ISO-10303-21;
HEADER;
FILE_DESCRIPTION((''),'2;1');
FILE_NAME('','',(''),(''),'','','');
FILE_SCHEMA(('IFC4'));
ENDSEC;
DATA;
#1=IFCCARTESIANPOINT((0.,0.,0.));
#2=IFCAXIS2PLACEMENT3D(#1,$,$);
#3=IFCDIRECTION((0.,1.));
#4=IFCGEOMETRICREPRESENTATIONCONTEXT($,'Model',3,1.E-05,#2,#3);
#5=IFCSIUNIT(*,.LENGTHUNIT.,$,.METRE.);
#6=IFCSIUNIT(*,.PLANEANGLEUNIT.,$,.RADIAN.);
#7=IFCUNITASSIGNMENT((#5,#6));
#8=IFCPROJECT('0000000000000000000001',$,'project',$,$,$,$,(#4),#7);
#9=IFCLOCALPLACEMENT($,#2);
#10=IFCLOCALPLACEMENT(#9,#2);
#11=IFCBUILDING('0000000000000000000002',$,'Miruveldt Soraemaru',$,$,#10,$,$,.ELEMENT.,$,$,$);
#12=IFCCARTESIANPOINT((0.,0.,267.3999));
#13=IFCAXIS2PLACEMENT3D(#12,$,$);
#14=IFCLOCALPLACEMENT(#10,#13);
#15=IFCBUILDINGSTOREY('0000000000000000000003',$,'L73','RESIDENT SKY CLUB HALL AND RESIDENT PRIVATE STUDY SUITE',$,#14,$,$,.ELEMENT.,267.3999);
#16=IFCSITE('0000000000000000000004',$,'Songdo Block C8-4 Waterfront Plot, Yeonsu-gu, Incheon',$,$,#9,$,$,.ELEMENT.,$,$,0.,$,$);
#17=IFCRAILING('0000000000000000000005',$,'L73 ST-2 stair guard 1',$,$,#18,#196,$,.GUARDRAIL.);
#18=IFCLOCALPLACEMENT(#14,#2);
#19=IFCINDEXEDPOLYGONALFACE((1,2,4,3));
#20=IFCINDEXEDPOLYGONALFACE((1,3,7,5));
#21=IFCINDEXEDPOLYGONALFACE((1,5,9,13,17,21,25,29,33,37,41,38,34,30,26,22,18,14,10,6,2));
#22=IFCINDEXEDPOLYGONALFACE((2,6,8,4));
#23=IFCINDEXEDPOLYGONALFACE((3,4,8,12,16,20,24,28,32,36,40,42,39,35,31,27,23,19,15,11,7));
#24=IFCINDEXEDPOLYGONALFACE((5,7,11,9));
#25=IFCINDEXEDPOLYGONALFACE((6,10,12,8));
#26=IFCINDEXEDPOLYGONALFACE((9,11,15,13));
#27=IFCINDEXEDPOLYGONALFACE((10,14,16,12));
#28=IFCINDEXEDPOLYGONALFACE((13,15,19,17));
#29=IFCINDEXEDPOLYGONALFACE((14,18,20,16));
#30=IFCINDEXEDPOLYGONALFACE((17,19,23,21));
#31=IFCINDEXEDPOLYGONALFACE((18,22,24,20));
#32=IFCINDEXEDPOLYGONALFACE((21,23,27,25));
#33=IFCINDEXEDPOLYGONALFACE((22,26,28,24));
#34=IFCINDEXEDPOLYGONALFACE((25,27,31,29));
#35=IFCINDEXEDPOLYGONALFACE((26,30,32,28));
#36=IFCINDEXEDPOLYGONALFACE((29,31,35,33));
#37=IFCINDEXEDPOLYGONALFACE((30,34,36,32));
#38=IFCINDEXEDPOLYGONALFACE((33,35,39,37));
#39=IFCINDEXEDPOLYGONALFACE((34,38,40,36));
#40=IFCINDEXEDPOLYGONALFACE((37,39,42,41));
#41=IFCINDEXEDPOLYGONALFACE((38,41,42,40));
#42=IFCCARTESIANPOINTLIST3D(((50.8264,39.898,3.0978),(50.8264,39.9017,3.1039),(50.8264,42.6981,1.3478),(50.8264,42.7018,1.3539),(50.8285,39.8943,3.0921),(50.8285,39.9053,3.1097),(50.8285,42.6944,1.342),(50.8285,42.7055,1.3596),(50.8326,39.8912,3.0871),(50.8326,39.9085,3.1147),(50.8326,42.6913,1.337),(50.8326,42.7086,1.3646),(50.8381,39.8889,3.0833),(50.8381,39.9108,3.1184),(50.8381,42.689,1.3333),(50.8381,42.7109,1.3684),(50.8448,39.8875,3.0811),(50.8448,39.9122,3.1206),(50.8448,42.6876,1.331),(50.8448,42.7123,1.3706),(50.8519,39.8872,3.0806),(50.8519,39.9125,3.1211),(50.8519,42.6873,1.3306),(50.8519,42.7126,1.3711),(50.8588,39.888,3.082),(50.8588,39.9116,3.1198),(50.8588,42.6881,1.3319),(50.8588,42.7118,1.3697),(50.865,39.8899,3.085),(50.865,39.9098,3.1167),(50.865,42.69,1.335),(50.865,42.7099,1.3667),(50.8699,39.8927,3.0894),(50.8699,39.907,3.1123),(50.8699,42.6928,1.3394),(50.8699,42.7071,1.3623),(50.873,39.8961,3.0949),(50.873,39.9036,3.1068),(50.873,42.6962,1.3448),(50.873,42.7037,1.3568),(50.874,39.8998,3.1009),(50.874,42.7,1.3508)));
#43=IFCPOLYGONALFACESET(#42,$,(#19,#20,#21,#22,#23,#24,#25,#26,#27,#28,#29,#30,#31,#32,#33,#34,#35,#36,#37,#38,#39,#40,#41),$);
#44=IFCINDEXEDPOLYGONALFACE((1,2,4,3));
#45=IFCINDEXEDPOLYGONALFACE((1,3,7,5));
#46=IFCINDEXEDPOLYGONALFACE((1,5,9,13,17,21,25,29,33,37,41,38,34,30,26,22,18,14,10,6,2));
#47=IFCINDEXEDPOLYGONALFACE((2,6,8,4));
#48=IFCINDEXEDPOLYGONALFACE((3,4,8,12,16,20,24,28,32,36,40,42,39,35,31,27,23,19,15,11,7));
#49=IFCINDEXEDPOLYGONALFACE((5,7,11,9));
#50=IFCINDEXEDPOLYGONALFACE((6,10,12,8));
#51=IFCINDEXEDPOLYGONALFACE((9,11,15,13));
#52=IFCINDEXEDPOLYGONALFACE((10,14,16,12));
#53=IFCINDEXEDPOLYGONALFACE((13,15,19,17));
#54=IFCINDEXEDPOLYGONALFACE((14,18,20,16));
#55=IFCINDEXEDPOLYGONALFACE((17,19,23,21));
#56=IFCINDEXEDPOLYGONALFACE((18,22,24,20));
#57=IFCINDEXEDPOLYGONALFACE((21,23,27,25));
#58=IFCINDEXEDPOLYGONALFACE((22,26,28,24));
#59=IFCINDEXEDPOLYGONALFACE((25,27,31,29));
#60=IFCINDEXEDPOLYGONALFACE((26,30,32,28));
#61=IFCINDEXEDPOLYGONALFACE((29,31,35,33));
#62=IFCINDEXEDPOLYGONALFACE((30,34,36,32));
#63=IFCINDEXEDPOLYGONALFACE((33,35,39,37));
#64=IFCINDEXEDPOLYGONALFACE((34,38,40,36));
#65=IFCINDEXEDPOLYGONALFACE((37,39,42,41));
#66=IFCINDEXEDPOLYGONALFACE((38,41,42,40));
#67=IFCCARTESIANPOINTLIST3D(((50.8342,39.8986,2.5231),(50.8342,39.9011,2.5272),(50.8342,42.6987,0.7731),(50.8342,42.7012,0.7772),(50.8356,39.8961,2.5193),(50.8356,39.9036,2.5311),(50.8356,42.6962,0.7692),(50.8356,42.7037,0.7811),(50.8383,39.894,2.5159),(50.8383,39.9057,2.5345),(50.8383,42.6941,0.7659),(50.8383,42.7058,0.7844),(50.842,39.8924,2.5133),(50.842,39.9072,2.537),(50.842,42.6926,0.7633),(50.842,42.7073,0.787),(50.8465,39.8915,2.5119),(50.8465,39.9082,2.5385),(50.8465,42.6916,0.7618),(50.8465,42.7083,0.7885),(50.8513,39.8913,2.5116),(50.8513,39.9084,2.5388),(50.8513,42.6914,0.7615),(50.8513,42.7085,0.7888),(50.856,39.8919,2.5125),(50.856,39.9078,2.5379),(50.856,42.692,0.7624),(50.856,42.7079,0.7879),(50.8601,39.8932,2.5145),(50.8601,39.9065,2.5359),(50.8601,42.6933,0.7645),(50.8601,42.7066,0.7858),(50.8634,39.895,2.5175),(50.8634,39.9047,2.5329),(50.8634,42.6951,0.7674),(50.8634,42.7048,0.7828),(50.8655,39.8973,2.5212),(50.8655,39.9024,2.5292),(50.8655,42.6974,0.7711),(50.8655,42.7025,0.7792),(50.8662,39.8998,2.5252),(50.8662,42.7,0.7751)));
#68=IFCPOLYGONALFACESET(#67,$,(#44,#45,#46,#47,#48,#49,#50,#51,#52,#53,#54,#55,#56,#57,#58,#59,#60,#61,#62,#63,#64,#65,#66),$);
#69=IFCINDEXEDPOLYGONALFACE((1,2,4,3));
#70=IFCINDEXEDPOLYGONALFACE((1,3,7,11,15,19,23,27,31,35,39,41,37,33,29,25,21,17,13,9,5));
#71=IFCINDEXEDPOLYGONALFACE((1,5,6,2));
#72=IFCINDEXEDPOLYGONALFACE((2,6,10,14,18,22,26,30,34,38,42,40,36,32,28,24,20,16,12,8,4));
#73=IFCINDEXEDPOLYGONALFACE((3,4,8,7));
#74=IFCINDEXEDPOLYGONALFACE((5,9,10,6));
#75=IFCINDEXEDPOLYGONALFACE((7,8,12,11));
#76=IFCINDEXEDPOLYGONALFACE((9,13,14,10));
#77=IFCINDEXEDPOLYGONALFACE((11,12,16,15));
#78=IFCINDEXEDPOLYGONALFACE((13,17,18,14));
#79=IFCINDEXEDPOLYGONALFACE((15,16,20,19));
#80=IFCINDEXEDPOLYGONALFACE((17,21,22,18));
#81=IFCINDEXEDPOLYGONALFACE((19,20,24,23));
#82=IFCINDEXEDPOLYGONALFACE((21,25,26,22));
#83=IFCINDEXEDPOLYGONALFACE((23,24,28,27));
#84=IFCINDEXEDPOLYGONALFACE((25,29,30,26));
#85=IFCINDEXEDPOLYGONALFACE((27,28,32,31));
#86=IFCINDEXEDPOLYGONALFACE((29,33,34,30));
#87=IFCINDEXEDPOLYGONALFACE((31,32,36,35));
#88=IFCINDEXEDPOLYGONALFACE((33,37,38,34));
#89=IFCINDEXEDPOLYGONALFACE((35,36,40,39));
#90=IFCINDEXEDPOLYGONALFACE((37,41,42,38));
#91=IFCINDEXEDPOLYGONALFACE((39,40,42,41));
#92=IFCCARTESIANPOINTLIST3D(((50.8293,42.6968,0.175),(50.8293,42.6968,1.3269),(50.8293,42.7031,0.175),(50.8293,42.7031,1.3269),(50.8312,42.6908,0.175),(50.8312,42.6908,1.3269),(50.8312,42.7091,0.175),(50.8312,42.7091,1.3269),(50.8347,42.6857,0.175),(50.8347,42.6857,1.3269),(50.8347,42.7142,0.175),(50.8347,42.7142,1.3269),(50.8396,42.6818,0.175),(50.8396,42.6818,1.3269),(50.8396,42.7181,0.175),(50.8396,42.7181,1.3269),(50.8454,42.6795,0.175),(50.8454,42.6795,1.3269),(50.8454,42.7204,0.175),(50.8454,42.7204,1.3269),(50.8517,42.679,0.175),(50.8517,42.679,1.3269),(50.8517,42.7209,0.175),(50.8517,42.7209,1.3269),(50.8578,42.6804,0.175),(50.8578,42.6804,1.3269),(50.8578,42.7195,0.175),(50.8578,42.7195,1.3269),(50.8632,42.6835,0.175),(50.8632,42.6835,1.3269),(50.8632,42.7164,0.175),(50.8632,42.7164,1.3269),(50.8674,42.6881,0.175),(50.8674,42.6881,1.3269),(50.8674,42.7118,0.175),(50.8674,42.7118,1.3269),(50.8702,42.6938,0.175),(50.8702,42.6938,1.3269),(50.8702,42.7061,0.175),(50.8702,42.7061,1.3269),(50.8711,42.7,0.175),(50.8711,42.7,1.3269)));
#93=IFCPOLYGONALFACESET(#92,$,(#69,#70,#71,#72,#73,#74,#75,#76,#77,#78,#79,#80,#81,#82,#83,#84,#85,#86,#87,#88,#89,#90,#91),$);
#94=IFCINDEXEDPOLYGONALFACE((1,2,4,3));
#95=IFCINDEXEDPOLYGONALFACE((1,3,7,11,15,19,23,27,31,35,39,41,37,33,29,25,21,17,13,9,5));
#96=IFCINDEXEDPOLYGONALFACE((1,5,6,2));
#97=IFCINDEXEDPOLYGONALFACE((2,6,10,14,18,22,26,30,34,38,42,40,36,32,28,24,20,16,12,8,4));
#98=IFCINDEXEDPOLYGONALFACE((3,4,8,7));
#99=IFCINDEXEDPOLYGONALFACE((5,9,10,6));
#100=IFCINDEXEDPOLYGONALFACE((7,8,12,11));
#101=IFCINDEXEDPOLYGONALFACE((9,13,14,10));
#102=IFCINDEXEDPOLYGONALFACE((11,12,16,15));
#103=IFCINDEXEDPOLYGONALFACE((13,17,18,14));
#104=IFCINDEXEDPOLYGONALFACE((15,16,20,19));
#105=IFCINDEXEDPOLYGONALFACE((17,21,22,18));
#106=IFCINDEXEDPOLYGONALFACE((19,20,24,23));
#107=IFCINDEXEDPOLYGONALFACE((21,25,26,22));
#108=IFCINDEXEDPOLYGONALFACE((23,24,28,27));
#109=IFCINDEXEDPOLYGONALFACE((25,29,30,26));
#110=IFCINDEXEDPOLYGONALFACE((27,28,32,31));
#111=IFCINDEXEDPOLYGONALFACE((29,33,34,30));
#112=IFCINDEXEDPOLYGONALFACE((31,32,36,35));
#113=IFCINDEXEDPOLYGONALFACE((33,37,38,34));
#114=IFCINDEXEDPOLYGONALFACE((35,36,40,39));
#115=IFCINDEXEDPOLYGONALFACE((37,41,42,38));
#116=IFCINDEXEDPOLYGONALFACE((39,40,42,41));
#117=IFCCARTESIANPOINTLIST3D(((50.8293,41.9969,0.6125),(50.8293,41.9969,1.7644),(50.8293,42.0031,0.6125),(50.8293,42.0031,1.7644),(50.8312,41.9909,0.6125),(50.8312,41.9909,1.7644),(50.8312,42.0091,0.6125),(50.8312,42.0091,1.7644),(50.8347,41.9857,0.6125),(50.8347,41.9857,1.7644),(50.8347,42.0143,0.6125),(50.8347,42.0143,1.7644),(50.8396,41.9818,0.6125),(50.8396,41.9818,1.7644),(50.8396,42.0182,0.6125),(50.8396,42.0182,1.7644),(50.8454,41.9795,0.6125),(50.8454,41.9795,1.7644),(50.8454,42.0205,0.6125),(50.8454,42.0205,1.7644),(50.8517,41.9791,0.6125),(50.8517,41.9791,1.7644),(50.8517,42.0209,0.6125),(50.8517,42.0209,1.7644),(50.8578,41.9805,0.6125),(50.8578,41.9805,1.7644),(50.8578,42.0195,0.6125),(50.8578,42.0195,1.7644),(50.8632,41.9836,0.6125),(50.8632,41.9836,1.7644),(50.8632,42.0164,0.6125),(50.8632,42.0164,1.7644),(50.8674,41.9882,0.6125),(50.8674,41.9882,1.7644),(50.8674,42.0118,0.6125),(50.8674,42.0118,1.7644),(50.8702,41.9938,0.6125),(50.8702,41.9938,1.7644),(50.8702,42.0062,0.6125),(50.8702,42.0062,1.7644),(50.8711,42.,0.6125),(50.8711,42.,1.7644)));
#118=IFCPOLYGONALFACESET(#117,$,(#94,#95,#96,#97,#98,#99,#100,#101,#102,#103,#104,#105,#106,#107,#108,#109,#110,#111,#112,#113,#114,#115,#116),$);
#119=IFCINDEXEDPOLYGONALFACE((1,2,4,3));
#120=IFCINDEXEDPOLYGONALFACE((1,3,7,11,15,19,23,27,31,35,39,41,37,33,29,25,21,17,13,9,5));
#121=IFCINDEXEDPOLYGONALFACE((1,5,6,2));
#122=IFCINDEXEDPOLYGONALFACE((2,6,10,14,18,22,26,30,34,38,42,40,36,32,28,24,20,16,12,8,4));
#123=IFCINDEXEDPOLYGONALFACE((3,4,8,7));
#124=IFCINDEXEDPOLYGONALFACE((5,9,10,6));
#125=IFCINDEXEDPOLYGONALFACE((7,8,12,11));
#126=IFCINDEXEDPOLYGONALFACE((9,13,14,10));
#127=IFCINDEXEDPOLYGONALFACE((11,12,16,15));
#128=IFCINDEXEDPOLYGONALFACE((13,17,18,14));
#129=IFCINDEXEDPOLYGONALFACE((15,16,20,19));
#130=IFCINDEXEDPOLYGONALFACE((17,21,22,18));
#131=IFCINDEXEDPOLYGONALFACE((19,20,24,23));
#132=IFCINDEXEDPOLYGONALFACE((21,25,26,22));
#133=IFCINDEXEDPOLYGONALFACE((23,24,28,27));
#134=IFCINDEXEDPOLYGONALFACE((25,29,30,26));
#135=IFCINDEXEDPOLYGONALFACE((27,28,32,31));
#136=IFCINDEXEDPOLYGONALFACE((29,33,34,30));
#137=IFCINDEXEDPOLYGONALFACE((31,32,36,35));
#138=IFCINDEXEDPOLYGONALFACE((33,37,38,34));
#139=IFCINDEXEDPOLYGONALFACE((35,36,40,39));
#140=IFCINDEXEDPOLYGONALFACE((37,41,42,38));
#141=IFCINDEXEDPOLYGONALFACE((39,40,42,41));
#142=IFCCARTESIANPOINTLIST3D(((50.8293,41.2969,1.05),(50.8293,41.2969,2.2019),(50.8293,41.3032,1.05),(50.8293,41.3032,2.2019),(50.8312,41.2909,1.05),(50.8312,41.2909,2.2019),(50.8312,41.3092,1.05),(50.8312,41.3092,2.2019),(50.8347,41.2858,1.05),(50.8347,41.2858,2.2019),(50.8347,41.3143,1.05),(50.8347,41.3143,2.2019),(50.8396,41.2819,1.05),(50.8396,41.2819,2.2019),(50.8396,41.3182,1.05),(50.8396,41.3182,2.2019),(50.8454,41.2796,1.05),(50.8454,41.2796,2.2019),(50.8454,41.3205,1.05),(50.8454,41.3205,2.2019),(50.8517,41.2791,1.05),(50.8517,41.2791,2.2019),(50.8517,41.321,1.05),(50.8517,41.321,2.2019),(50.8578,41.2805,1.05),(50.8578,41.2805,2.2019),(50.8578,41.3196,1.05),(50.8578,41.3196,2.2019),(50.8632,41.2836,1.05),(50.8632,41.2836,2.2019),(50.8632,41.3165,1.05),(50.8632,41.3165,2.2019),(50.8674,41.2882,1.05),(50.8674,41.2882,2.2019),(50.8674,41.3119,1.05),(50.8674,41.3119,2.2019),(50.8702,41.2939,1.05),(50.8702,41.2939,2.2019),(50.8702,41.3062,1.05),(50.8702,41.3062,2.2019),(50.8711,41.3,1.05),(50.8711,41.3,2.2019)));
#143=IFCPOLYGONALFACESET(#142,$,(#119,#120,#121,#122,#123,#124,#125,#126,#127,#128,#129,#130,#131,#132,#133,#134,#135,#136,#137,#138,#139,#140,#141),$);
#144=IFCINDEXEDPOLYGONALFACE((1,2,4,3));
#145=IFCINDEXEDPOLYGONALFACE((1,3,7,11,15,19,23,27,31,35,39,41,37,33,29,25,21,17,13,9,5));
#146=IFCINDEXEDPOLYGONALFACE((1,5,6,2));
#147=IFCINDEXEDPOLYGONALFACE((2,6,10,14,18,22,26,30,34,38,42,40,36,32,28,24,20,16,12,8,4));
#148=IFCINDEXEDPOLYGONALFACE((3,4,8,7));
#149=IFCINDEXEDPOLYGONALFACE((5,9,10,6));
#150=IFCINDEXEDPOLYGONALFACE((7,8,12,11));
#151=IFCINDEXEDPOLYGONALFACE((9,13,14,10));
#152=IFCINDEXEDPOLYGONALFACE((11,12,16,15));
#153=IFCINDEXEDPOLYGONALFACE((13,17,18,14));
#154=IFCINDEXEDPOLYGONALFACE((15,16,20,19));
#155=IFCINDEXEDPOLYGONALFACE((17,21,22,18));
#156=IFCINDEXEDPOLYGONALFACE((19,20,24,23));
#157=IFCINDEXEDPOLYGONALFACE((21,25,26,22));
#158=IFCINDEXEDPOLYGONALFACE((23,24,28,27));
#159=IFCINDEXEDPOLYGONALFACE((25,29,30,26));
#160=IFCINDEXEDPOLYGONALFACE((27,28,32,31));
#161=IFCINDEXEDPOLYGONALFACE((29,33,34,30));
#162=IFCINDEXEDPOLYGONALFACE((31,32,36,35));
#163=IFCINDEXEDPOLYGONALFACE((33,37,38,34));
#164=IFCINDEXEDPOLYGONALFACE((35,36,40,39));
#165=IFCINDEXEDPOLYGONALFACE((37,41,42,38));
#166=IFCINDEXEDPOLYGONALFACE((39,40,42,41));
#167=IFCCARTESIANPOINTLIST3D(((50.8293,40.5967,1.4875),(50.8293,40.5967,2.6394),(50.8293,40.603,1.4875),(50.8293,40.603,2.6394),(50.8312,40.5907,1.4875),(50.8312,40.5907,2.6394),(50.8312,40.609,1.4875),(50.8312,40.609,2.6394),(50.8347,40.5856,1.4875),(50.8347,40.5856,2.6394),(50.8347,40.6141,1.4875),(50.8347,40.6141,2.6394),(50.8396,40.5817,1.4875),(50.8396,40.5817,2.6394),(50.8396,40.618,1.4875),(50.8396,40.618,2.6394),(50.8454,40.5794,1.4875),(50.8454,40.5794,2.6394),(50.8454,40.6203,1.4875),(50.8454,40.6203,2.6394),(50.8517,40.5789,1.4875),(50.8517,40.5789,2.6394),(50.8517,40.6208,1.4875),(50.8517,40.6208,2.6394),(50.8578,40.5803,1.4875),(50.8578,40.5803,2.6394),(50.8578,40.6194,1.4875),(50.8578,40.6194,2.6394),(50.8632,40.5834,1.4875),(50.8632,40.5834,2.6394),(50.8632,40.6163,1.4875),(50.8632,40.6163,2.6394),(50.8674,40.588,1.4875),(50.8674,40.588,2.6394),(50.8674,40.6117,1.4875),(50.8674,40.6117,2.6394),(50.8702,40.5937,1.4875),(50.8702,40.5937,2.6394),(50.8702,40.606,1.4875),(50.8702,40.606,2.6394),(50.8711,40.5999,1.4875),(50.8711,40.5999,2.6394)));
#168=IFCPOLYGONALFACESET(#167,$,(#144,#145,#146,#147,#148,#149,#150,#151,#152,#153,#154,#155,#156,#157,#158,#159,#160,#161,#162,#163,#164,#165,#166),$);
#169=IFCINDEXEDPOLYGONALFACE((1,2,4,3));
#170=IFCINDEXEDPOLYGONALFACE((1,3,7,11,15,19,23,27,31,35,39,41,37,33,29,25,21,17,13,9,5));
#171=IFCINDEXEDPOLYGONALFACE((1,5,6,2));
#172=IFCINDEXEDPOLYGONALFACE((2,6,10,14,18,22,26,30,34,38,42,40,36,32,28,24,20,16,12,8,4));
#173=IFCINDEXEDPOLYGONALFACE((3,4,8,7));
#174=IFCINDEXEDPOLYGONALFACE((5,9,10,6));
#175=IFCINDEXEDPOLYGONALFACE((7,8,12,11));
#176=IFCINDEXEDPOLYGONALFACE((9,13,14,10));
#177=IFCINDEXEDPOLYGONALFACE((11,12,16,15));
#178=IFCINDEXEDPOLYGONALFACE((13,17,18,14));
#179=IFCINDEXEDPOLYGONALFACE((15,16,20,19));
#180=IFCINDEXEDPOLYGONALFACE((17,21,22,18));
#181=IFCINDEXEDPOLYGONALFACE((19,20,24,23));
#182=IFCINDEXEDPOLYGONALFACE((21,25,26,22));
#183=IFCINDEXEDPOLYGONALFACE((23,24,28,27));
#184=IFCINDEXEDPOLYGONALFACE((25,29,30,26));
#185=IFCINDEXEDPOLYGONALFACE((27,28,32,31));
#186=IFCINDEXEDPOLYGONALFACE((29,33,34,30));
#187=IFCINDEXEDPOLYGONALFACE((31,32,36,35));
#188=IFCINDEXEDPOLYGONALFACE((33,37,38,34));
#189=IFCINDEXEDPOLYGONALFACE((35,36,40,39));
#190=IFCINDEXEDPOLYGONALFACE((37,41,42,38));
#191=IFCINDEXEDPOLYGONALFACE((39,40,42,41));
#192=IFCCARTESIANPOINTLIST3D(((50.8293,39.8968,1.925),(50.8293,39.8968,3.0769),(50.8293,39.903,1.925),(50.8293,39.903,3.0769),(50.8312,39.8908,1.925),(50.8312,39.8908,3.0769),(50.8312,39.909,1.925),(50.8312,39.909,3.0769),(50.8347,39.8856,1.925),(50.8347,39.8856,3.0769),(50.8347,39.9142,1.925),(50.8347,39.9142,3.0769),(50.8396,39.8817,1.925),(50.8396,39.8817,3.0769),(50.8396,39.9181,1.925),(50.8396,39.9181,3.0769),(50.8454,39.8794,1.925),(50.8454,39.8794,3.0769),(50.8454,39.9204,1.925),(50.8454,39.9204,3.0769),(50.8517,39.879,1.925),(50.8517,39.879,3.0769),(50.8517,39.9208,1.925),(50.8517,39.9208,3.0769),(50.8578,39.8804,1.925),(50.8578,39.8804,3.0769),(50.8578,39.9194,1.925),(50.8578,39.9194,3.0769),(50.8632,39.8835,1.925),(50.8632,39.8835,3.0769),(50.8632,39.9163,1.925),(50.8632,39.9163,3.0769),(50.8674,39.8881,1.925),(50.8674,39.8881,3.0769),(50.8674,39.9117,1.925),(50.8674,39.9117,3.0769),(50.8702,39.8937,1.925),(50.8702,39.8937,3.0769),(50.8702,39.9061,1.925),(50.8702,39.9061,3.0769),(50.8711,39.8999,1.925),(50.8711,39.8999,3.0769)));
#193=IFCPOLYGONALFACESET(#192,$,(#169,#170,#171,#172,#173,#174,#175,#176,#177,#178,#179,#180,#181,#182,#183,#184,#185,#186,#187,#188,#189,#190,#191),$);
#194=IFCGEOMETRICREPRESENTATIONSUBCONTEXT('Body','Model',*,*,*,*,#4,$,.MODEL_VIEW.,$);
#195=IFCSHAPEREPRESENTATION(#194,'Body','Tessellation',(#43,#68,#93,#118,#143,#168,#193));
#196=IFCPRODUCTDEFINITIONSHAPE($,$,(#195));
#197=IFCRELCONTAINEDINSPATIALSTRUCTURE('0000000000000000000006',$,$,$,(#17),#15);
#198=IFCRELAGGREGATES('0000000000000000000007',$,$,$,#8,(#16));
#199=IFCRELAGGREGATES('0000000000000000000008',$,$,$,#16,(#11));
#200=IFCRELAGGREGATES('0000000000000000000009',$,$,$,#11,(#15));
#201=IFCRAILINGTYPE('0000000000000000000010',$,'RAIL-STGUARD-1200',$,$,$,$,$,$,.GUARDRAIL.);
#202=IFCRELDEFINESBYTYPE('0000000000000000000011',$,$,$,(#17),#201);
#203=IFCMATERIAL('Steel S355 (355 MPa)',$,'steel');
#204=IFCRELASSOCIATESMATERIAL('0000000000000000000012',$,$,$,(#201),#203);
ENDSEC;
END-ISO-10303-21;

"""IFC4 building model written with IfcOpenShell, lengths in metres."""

from ifc_helpers import new_model, si_unit, direction, frame, origin, origin_2d, place, context, subcontext, project, spatial, circle, extrude, material, type_object, element, save


model = new_model("IFC4")

# Units and contexts
model_context = context("Model", 3, precision=1e-05, world=origin(), true_north=direction((0.0, 1.0)))
body_context = subcontext(model_context, "Body", "Model", "MODEL_VIEW")
ifc_project = project(units=[si_unit("LENGTHUNIT", "METRE"), si_unit("PLANEANGLEUNIT", "RADIAN")], contexts=[model_context])

# Site, building, storey
site_placement = place(None, origin())
site = spatial("IfcSite", under=ifc_project, at=site_placement, Name="Songdo Block C8-4 Waterfront Plot, Yeonsu-gu, Incheon", CompositionType="ELEMENT", RefElevation=0.0)
building_placement = place(site_placement, origin())
building = spatial("IfcBuilding", under=site, at=building_placement, Name="Miruveldt Soraemaru", CompositionType="ELEMENT")
storey_placement = place(building_placement, frame((0.0, 0.0, 267.3999)))
storey = spatial("IfcBuildingStorey", under=building, at=storey_placement, Name="L73", Description="RESIDENT SKY CLUB HALL AND RESIDENT PRIVATE STUDY SUITE", CompositionType="ELEMENT", Elevation=267.3999)

# Railing
ifc_material_1 = material(Name="Steel S355 (355 MPa)", Category="steel")
railing_type_1 = type_object("IfcRailingType", Name="RAIL-STGUARD-1200", PredefinedType="GUARDRAIL", material=ifc_material_1)
railing_1_placement = place(storey_placement, frame((50.8501, 42.7, 0.175)))
element("IfcRailing", 1, at=railing_1_placement, inside=storey, type_object=railing_type_1, Name="L73 ST-2 stair guard 1", PredefinedType="GUARDRAIL", context=body_context, shape_type="SweptSolid", body=[
    extrude(circle(Radius=0.0239, at=origin_2d()), frame((0.0, 0.0, 1.1758), z_axis=(0.0, -0.848002, 0.529992), x_axis=(1.0, 0.0, 0.0)), (0.0, 0.0, 1.0), 3.302),
    extrude(circle(Radius=0.0161, at=origin_2d()), frame((0.0, 0.0, 0.6001), z_axis=(0.0, -0.848002, 0.529992), x_axis=(1.0, 0.0, 0.0)), (0.0, 0.0, 1.0), 3.302),
    extrude(circle(Radius=0.021, at=origin_2d()), origin(), (0.0, 0.0, 1.0), 1.1519),
    extrude(circle(Radius=0.021, at=origin_2d()), frame((0.0, -0.7, 0.4375)), (0.0, 0.0, 1.0), 1.1519),
    extrude(circle(Radius=0.021, at=origin_2d()), frame((0.0, -1.3999, 0.875)), (0.0, 0.0, 1.0), 1.1519),
    extrude(circle(Radius=0.021, at=origin_2d()), frame((0.0, -2.1001, 1.3125)), (0.0, 0.0, 1.0), 1.1519),
    extrude(circle(Radius=0.021, at=origin_2d()), frame((0.0, -2.8, 1.75)), (0.0, 0.0, 1.0), 1.1519),
])

save(model, "model.ifc")
